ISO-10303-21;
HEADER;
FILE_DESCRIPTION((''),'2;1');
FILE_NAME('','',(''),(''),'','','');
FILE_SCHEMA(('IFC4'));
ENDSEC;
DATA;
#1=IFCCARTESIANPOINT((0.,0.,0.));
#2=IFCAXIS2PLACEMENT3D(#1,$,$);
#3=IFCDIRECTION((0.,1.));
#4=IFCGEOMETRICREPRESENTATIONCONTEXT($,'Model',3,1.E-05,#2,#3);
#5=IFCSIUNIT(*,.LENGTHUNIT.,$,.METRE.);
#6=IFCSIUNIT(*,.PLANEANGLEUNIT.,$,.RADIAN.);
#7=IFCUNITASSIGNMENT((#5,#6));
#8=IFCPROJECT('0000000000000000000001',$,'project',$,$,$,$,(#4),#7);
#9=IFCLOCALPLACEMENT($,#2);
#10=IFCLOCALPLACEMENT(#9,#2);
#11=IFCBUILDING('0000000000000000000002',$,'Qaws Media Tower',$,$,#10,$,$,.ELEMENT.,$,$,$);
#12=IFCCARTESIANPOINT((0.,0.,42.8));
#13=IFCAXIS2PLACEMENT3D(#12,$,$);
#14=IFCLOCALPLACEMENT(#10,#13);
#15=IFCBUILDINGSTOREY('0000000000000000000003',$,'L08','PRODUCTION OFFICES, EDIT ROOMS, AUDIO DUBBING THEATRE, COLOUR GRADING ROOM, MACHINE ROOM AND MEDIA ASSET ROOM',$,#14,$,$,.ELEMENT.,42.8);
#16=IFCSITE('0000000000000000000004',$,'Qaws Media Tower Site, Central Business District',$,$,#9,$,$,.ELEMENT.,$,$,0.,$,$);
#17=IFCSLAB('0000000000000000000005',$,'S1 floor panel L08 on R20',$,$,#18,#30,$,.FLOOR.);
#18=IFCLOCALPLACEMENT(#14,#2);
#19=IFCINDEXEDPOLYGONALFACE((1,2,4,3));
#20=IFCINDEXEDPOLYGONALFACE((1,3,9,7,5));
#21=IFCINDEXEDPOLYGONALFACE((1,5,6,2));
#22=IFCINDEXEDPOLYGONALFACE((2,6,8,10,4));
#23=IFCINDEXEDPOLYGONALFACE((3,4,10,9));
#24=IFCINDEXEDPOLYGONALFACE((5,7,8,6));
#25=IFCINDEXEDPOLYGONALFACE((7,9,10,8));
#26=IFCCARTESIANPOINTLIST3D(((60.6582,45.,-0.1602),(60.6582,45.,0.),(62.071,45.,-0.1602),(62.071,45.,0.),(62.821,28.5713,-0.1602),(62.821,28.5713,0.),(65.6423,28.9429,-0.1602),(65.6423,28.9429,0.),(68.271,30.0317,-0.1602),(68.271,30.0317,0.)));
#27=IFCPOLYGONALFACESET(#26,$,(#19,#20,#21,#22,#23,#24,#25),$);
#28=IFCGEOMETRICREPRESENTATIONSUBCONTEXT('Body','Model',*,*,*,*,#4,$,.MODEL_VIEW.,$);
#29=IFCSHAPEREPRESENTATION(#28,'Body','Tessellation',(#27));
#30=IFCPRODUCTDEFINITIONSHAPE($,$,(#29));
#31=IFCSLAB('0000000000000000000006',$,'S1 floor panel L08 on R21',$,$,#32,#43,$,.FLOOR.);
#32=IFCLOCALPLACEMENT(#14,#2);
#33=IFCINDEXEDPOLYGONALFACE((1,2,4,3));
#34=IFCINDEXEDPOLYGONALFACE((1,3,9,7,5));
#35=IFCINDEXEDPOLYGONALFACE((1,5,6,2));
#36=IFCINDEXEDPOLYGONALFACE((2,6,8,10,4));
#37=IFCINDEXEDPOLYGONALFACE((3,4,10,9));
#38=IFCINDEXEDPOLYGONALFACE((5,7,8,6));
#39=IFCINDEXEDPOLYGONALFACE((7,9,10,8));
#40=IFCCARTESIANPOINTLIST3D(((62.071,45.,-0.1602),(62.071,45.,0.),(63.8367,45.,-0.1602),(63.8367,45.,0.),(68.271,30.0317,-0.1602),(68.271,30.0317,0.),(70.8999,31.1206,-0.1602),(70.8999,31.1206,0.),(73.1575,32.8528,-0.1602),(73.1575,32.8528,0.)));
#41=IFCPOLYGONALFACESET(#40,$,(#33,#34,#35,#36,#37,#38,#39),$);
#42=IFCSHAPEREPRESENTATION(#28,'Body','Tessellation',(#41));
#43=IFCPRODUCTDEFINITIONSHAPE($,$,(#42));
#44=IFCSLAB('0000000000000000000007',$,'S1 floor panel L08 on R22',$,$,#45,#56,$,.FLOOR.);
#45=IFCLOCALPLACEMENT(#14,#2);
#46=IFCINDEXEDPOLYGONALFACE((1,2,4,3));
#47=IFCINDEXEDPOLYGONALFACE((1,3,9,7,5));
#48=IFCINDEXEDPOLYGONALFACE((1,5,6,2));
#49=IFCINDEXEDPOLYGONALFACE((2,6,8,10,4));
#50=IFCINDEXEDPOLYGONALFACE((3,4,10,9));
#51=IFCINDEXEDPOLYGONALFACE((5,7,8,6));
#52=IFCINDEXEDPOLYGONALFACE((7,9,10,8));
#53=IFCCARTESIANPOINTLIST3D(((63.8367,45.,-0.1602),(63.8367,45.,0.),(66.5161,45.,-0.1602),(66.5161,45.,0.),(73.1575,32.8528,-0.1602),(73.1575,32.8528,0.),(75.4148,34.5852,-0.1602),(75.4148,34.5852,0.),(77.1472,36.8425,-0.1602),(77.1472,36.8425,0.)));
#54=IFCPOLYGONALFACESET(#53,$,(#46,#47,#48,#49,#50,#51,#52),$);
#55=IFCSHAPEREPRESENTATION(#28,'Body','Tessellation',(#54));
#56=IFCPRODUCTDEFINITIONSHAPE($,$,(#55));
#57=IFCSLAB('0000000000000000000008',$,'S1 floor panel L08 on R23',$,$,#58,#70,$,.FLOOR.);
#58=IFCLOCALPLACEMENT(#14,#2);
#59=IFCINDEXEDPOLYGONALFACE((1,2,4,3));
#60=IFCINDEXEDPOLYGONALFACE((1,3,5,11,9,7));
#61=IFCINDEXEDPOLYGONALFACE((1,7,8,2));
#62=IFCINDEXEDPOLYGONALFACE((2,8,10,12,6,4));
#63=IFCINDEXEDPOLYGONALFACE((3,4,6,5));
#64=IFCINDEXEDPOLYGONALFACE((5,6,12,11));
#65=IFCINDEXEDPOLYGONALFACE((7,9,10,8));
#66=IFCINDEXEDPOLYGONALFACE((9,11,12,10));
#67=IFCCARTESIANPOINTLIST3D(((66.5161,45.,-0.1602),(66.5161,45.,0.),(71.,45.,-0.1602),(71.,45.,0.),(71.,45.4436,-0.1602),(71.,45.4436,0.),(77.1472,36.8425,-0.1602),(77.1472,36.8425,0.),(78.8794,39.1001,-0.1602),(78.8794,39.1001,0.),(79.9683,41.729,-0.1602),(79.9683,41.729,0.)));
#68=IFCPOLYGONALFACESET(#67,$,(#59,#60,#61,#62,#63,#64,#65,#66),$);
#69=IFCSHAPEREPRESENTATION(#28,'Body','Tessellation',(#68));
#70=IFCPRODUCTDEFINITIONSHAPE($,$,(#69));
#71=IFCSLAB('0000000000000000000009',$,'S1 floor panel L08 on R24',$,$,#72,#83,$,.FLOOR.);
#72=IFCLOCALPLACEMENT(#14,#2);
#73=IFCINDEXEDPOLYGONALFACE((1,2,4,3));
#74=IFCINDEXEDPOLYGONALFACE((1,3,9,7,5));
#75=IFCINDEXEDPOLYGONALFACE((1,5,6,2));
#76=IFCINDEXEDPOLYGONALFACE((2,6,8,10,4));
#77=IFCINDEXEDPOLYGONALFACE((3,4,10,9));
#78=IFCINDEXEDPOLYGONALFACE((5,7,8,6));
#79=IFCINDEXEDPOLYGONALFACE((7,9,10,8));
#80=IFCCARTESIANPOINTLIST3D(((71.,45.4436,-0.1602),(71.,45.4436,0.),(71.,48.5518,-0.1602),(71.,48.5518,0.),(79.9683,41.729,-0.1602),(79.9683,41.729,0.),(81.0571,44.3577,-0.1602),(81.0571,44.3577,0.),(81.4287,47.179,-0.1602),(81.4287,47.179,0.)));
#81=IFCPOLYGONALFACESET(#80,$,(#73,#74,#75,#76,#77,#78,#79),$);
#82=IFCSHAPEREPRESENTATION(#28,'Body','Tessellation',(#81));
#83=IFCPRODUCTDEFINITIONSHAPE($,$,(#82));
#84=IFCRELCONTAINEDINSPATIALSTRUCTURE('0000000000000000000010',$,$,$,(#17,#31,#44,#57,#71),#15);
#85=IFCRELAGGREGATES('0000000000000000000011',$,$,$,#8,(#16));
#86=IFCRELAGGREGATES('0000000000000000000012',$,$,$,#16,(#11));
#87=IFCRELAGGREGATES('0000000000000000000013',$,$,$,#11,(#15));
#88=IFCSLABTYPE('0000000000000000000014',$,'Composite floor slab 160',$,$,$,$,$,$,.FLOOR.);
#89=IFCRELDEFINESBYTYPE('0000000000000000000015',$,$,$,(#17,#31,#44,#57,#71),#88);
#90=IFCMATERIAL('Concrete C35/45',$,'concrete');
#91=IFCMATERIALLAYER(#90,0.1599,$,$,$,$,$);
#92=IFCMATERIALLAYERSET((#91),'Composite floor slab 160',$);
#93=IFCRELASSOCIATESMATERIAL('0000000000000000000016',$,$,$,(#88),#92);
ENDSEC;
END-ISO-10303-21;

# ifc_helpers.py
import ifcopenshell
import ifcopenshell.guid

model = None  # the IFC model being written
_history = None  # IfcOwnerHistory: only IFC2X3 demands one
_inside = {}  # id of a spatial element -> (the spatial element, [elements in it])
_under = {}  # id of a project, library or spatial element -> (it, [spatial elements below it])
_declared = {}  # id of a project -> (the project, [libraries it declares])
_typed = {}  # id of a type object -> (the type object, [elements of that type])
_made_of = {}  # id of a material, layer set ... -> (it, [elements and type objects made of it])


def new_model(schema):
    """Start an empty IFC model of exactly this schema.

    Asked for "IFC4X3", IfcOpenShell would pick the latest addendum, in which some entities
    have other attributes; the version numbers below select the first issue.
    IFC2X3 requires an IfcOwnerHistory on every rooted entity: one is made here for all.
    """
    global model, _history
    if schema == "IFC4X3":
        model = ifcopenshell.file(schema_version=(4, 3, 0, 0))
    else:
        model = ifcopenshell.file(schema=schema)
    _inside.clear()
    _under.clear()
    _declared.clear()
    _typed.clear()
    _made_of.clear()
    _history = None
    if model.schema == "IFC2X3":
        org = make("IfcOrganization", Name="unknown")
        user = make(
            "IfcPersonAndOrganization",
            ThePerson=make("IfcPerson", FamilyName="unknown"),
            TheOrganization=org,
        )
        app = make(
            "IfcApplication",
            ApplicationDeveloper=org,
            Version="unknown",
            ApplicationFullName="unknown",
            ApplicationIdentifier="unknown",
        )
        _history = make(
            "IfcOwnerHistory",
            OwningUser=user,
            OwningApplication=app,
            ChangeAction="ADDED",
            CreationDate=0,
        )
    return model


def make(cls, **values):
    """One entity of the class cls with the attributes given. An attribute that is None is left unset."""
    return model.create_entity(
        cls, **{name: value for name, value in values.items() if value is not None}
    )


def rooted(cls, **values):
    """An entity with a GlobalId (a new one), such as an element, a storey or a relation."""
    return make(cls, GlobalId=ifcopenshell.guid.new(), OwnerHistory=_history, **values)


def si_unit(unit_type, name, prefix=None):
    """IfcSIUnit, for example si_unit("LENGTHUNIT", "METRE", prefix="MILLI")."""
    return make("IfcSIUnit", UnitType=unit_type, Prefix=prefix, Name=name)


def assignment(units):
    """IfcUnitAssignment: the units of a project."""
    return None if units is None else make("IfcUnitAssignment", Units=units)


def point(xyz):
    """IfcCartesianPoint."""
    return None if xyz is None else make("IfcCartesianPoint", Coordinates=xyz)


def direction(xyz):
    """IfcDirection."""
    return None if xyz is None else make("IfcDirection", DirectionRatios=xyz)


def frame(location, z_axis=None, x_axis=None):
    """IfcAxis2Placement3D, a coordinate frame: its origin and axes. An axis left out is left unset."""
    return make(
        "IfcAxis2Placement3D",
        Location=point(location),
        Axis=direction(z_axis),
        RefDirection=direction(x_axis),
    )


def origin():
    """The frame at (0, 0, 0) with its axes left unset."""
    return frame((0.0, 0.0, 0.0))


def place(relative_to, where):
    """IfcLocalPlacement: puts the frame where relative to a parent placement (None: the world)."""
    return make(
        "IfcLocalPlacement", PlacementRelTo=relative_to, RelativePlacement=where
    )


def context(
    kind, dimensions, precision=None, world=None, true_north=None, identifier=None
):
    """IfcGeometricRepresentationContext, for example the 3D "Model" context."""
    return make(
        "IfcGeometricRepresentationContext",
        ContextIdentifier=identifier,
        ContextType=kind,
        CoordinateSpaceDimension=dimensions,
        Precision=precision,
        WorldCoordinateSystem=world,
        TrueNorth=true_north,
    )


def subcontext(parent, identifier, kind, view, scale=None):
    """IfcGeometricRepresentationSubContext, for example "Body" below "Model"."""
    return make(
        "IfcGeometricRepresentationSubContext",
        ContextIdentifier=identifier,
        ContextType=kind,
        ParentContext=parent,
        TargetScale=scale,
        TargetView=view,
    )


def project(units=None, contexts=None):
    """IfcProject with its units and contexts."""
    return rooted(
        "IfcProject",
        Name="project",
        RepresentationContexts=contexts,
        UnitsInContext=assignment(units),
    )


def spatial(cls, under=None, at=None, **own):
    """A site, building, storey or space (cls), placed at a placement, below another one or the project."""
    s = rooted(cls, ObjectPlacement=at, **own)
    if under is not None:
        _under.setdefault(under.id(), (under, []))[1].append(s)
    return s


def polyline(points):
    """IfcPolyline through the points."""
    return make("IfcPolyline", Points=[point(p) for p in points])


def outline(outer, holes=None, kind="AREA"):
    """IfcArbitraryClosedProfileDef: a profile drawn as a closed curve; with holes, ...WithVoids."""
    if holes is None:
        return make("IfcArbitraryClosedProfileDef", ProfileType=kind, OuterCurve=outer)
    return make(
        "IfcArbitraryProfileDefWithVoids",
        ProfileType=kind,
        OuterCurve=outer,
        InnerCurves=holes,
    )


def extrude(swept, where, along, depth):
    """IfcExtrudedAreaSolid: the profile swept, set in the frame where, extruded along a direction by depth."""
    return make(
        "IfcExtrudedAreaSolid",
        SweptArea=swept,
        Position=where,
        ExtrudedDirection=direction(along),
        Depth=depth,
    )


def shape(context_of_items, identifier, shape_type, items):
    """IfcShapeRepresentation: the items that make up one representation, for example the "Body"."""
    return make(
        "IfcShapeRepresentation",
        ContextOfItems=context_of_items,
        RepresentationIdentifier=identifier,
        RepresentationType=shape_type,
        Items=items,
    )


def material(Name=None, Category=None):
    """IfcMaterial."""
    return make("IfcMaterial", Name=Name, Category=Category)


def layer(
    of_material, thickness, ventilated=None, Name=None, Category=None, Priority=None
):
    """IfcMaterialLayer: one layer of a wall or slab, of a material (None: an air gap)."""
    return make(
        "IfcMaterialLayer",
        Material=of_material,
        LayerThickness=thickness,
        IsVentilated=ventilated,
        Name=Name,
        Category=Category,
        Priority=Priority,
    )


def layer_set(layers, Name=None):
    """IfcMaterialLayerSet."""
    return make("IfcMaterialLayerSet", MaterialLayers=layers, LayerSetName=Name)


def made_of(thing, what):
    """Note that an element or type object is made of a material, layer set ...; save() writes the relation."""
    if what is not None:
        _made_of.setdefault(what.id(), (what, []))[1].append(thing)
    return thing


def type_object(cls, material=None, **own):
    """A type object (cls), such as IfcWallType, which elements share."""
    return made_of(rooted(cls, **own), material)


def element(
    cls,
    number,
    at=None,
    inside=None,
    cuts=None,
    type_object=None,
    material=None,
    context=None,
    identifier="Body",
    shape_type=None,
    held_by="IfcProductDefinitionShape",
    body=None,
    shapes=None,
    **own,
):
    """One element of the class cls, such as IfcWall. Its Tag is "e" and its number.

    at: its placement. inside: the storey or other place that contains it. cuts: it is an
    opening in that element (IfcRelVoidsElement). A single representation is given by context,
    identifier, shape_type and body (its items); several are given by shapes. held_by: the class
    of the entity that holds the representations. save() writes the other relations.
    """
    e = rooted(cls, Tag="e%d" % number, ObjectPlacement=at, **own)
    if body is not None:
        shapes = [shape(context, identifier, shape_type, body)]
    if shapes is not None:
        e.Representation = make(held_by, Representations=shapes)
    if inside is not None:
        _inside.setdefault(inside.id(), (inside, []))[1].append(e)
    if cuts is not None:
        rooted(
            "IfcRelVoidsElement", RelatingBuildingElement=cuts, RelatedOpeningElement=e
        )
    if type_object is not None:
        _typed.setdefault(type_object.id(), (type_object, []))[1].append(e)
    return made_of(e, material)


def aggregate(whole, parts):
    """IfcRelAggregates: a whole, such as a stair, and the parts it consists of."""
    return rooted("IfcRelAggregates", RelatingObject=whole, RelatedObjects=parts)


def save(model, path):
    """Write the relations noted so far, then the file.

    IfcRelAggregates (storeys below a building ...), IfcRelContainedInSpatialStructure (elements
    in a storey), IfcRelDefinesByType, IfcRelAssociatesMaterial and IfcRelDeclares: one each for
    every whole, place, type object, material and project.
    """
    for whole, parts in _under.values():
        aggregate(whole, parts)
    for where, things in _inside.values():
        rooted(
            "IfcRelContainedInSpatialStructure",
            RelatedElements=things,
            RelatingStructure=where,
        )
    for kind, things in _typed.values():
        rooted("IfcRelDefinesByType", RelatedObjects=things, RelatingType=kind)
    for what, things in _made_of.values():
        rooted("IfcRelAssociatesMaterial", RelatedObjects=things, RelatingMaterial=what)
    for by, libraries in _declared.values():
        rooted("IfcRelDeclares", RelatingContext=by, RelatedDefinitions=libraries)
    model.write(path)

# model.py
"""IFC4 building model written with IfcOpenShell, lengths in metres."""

from ifc_helpers import new_model, si_unit, direction, frame, origin, place, context, subcontext, project, spatial, polyline, outline, extrude, material, layer, layer_set, type_object, element, save


model = new_model("IFC4")

# Units and contexts
model_context = context("Model", 3, precision=1e-05, world=origin(), true_north=direction((0.0, 1.0)))
body_context = subcontext(model_context, "Body", "Model", "MODEL_VIEW")
ifc_project = project(units=[si_unit("LENGTHUNIT", "METRE"), si_unit("PLANEANGLEUNIT", "RADIAN")], contexts=[model_context])

# Site, building, storey
site_placement = place(None, origin())
site = spatial("IfcSite", under=ifc_project, at=site_placement, Name="Qaws Media Tower Site, Central Business District", CompositionType="ELEMENT", RefElevation=0.0)
building_placement = place(site_placement, origin())
building = spatial("IfcBuilding", under=site, at=building_placement, Name="Qaws Media Tower", CompositionType="ELEMENT")
storey_placement = place(building_placement, frame((0.0, 0.0, 42.8)))
storey = spatial("IfcBuildingStorey", under=building, at=storey_placement, Name="L08", Description="PRODUCTION OFFICES, EDIT ROOMS, AUDIO DUBBING THEATRE, COLOUR GRADING ROOM, MACHINE ROOM AND MEDIA ASSET ROOM", CompositionType="ELEMENT", Elevation=42.8)

# Slabs
ifc_material_1 = material(Name="Concrete C35/45", Category="concrete")
ifc_layer_1 = layer(ifc_material_1, 0.1599)
ifc_layer_set_1 = layer_set([ifc_layer_1], Name="Composite floor slab 160")
slab_type_1 = type_object("IfcSlabType", Name="Composite floor slab 160", PredefinedType="FLOOR", material=ifc_layer_set_1)
slab_1_placement = place(storey_placement, frame((0.0, 0.0, -0.1602)))
element("IfcSlab", 1, at=slab_1_placement, inside=storey, type_object=slab_type_1, Name="S1 floor panel L08 on R20", PredefinedType="FLOOR", context=body_context, shape_type="SweptSolid", body=[
    extrude(outline(polyline([(65.6423, 28.9429), (62.821, 28.5713), (60.6582, 45.0), (62.071, 45.0), (68.271, 30.0317), (65.6423, 28.9429)])), origin(), (0.0, 0.0, 1.0), 0.1602),
])
slab_2_placement = place(storey_placement, frame((0.0, 0.0, -0.1602)))
element("IfcSlab", 2, at=slab_2_placement, inside=storey, type_object=slab_type_1, Name="S1 floor panel L08 on R21", PredefinedType="FLOOR", context=body_context, shape_type="SweptSolid", body=[
    extrude(outline(polyline([(70.8999, 31.1206), (68.271, 30.0317), (62.071, 45.0), (63.8367, 45.0), (73.1575, 32.8528), (70.8999, 31.1206)])), origin(), (0.0, 0.0, 1.0), 0.1602),
])
slab_3_placement = place(storey_placement, frame((0.0, 0.0, -0.1602)))
element("IfcSlab", 3, at=slab_3_placement, inside=storey, type_object=slab_type_1, Name="S1 floor panel L08 on R22", PredefinedType="FLOOR", context=body_context, shape_type="SweptSolid", body=[
    extrude(outline(polyline([(75.4148, 34.5852), (73.1575, 32.8528), (63.8367, 45.0), (66.5161, 45.0), (77.1472, 36.8425), (75.4148, 34.5852)])), origin(), (0.0, 0.0, 1.0), 0.1602),
])
slab_4_placement = place(storey_placement, frame((0.0, 0.0, -0.1602)))
element("IfcSlab", 4, at=slab_4_placement, inside=storey, type_object=slab_type_1, Name="S1 floor panel L08 on R23", PredefinedType="FLOOR", context=body_context, shape_type="SweptSolid", body=[
    extrude(outline(polyline([(78.8794, 39.1001), (77.1472, 36.8425), (66.5161, 45.0), (71.0, 45.0), (71.0, 45.4436), (79.9683, 41.729), (78.8794, 39.1001)])), origin(), (0.0, 0.0, 1.0), 0.1602),
])
slab_5_placement = place(storey_placement, frame((0.0, 0.0, -0.1602)))
element("IfcSlab", 5, at=slab_5_placement, inside=storey, type_object=slab_type_1, Name="S1 floor panel L08 on R24", PredefinedType="FLOOR", context=body_context, shape_type="SweptSolid", body=[
    extrude(outline(polyline([(79.9683, 41.729), (71.0, 45.4436), (71.0, 48.5518), (81.4287, 47.179), (81.0571, 44.3577), (79.9683, 41.729)])), origin(), (0.0, 0.0, 1.0), 0.1602),
])

save(model, "model.ifc")
